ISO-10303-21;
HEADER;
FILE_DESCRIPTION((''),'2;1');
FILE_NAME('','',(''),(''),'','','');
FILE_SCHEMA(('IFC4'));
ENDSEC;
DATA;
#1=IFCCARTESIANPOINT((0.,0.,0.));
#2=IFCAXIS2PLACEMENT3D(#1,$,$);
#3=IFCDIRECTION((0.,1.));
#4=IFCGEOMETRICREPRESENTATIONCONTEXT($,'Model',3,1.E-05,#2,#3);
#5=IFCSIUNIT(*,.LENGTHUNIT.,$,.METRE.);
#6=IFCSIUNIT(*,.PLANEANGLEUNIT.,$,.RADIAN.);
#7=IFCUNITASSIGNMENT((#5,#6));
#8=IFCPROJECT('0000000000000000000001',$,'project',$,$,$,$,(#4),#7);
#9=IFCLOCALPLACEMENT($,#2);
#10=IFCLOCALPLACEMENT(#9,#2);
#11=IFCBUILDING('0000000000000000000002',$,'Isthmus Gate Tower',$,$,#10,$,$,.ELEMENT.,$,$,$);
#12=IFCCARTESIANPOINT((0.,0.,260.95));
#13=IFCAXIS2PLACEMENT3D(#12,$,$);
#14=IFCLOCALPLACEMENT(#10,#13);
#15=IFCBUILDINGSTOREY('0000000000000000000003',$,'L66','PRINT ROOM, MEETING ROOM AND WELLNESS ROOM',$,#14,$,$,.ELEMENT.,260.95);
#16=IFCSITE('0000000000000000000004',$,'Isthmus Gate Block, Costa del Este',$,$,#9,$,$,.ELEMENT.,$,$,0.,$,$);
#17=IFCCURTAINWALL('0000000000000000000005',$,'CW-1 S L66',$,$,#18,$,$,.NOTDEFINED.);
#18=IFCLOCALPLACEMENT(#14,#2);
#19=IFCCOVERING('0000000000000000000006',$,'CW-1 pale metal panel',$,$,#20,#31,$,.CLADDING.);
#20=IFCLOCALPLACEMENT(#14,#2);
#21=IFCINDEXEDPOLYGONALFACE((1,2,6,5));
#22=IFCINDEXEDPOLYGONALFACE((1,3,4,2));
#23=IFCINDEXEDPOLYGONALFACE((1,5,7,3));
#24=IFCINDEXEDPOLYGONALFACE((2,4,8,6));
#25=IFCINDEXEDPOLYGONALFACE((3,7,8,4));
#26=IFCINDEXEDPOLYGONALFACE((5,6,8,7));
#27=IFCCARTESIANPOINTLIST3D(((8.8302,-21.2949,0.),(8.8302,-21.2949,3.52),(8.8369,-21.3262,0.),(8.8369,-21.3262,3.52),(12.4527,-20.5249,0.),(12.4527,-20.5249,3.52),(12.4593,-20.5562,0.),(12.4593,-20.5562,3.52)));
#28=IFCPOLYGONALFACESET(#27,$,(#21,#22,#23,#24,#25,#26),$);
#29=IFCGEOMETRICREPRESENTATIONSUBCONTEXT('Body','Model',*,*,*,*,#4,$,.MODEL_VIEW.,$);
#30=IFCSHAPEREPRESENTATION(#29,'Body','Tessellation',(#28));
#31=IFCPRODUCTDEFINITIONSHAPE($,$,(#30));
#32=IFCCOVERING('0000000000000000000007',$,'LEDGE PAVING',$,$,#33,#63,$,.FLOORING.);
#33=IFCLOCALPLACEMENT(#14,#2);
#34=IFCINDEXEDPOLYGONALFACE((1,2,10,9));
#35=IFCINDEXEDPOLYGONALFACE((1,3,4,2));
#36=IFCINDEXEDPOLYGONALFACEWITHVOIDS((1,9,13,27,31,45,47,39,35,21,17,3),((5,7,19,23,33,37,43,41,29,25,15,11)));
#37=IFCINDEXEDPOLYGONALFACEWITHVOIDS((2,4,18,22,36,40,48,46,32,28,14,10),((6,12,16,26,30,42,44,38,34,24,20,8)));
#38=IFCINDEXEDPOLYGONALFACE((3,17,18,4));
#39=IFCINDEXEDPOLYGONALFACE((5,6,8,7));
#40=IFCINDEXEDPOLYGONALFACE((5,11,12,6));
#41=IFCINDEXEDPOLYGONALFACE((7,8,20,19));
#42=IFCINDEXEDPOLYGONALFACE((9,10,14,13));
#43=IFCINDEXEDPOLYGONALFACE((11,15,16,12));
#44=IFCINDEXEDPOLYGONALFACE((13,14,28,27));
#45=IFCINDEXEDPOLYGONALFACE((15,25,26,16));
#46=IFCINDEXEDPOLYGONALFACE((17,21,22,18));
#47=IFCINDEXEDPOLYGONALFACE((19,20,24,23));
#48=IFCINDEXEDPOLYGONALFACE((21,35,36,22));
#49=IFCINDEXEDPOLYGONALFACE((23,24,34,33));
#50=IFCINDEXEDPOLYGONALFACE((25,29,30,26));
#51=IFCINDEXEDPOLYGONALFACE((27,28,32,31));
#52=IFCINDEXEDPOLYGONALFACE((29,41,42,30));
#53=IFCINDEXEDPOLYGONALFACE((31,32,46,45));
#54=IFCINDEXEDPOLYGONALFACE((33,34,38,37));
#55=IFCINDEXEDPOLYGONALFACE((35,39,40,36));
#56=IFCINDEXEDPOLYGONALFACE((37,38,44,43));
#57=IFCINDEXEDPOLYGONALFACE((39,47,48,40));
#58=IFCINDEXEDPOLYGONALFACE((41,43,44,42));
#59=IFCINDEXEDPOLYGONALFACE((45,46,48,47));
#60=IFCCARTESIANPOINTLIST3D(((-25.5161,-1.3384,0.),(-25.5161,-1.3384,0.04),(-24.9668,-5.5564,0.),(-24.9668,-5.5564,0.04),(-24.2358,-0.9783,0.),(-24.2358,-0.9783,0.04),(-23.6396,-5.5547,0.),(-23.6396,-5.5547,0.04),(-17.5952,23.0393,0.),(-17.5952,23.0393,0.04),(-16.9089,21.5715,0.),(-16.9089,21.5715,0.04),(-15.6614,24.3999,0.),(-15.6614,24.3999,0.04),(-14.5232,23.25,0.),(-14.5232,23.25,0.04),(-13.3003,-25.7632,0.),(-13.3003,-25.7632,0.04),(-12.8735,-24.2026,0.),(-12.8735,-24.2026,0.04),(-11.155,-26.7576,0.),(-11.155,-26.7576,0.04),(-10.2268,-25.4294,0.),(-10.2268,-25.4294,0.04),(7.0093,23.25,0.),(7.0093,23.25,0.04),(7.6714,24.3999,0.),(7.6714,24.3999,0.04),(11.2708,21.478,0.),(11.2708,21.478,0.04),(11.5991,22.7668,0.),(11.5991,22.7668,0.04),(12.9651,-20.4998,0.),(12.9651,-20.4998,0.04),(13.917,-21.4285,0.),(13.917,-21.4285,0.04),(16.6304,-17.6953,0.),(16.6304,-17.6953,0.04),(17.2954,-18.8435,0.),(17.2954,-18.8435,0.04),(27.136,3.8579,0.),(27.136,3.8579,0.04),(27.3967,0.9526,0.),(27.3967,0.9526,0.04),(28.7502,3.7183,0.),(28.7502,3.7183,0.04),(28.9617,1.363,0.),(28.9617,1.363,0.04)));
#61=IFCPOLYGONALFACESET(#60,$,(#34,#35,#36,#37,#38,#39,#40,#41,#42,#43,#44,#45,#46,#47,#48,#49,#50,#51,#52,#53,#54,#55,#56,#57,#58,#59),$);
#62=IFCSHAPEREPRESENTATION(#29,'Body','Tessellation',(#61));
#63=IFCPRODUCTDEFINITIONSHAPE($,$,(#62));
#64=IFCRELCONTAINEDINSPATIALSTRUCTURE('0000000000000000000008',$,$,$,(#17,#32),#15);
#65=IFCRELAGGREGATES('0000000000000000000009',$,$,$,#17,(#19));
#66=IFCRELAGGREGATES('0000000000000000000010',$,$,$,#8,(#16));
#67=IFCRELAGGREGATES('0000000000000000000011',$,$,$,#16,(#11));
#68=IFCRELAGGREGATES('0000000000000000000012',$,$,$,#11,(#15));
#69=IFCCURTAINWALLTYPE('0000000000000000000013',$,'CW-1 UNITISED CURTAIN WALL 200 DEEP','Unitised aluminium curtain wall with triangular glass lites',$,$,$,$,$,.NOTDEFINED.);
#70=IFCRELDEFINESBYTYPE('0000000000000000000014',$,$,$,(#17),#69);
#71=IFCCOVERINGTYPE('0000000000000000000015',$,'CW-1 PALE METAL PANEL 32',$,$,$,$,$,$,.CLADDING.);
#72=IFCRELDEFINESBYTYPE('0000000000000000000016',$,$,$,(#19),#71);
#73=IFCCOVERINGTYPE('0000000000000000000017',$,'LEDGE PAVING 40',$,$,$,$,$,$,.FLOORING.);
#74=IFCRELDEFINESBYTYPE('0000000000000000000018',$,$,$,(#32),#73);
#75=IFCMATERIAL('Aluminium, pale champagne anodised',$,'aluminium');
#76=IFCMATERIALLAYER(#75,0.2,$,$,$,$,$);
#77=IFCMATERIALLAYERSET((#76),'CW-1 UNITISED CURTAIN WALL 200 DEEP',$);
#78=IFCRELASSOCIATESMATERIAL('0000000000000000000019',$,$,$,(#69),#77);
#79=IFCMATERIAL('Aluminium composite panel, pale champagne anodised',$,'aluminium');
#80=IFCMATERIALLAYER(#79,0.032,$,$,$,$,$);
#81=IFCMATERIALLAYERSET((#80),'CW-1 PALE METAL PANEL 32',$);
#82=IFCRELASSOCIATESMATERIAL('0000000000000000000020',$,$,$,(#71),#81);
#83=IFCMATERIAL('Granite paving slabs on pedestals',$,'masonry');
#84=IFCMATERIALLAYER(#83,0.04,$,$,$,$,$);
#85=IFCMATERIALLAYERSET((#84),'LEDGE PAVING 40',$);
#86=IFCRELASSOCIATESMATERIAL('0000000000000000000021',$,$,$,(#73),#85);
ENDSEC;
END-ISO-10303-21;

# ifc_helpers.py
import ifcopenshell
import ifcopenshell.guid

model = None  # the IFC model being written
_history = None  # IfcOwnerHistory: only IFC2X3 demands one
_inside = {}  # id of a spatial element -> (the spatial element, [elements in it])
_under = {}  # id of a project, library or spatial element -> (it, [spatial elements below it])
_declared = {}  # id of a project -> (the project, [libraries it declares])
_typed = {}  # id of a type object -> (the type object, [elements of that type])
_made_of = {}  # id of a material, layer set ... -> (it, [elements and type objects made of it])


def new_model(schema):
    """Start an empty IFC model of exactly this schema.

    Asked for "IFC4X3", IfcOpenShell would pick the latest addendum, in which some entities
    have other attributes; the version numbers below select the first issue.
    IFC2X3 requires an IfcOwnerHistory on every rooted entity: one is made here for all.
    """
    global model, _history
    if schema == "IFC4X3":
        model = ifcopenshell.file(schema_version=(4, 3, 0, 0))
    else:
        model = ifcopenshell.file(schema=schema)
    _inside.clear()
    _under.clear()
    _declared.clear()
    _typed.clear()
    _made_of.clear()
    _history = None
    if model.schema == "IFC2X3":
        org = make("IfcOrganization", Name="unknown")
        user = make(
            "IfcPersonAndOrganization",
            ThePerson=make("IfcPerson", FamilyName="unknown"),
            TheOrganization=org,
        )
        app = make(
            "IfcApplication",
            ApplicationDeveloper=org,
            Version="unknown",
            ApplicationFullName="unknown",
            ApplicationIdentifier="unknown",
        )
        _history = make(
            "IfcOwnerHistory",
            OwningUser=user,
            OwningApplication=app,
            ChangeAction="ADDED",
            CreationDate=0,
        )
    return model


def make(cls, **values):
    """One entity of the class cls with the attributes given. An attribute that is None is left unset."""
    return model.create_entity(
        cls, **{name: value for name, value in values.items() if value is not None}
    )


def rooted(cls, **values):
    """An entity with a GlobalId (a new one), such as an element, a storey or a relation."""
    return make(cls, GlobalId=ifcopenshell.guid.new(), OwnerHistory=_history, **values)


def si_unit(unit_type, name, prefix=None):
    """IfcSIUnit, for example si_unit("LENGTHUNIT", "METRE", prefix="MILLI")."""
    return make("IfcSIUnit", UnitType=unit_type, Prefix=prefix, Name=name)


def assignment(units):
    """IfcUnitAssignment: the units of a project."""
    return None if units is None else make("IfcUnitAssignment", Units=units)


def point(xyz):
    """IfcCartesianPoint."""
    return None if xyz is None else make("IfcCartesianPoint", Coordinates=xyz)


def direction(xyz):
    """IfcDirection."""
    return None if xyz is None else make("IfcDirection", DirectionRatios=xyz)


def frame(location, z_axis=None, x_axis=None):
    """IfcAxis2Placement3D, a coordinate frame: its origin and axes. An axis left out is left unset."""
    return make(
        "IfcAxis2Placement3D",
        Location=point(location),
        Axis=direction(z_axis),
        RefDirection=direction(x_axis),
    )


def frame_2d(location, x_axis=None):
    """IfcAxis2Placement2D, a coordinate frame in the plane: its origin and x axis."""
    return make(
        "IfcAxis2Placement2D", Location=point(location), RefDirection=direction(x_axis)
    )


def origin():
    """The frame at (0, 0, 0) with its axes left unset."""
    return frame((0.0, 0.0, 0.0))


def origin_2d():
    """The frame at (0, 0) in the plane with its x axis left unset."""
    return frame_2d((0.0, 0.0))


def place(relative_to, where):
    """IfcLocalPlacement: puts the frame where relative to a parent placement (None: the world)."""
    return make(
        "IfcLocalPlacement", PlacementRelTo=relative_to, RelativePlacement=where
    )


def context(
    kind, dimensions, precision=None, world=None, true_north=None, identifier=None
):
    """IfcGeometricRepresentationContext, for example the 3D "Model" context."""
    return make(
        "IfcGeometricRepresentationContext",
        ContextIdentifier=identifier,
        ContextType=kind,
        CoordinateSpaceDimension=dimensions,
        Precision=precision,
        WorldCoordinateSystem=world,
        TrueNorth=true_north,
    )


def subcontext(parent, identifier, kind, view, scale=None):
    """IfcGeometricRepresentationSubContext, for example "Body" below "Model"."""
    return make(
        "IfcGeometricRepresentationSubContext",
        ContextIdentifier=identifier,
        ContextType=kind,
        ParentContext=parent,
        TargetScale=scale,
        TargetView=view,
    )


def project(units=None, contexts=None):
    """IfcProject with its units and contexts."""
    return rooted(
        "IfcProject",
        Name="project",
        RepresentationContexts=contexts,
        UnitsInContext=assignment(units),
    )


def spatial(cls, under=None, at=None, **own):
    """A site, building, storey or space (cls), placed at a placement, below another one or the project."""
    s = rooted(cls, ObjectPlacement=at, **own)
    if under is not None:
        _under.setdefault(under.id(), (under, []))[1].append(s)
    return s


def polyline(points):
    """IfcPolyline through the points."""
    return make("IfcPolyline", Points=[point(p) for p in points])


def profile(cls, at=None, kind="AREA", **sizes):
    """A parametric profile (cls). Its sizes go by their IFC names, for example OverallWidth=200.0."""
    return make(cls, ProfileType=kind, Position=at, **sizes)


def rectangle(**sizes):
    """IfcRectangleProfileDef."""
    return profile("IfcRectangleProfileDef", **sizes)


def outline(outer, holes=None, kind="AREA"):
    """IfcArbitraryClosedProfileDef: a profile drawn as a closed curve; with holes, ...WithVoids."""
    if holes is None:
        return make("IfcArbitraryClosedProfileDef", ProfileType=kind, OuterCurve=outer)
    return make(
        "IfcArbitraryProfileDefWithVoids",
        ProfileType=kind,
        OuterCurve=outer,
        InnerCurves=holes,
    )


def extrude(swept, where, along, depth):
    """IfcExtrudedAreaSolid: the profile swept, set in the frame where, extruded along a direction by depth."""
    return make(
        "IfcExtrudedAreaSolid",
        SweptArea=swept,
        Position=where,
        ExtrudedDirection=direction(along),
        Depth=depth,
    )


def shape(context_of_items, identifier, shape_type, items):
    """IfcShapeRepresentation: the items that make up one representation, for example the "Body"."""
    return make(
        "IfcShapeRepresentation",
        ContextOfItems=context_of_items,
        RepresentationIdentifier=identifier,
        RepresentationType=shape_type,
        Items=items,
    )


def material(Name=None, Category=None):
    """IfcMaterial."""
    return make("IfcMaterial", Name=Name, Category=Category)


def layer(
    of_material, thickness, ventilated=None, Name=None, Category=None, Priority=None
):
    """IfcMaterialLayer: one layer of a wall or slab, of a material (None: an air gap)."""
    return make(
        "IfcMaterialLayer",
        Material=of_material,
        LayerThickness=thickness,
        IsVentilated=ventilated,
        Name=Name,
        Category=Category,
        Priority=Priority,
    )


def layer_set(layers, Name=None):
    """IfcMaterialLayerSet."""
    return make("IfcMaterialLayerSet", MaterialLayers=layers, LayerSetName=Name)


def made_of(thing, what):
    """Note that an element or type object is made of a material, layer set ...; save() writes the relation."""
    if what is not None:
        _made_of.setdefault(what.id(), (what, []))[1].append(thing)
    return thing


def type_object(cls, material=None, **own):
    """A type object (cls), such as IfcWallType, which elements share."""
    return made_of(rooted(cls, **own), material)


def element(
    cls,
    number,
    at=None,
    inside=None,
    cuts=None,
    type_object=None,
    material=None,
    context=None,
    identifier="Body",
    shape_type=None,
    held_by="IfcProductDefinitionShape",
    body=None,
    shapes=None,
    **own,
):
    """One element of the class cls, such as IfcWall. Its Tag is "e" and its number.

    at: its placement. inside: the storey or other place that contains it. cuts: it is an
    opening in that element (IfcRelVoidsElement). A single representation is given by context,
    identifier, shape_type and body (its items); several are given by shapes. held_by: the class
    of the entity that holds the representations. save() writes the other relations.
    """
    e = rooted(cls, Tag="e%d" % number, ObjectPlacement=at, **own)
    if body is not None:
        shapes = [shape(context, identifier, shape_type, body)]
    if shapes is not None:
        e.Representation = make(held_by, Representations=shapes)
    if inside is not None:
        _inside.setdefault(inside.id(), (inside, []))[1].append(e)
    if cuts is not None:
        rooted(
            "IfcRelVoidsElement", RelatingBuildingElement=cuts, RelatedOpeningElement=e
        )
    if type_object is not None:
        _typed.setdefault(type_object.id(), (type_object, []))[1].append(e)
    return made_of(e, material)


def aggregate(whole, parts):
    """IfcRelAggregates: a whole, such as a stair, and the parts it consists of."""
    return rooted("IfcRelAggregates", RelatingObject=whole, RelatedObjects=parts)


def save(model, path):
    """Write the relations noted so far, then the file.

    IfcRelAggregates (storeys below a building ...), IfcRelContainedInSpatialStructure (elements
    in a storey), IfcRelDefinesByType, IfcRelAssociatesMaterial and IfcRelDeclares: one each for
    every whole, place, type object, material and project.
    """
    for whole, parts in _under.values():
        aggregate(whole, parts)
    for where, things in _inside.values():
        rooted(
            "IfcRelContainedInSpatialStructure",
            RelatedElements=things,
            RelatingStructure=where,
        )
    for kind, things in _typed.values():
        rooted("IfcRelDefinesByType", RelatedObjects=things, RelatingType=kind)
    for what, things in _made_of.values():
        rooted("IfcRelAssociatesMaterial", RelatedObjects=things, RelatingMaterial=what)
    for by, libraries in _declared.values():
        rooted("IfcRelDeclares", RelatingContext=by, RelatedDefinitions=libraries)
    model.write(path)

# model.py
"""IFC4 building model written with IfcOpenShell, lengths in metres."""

from ifc_helpers import new_model, si_unit, direction, frame, origin, origin_2d, place, context, subcontext, project, spatial, polyline, rectangle, outline, extrude, material, layer, layer_set, type_object, element, aggregate, save


model = new_model("IFC4")

# Units and contexts
model_context = context("Model", 3, precision=1e-05, world=origin(), true_north=direction((0.0, 1.0)))
body_context = subcontext(model_context, "Body", "Model", "MODEL_VIEW")
ifc_project = project(units=[si_unit("LENGTHUNIT", "METRE"), si_unit("PLANEANGLEUNIT", "RADIAN")], contexts=[model_context])

# Site, building, storey
site_placement = place(None, origin())
site = spatial("IfcSite", under=ifc_project, at=site_placement, Name="Isthmus Gate Block, Costa del Este", CompositionType="ELEMENT", RefElevation=0.0)
building_placement = place(site_placement, origin())
building = spatial("IfcBuilding", under=site, at=building_placement, Name="Isthmus Gate Tower", CompositionType="ELEMENT")
storey_placement = place(building_placement, frame((0.0, 0.0, 260.95)))
storey = spatial("IfcBuildingStorey", under=building, at=storey_placement, Name="L66", Description="PRINT ROOM, MEETING ROOM AND WELLNESS ROOM", CompositionType="ELEMENT", Elevation=260.95)

# Curtain wall
ifc_material_1 = material(Name="Aluminium, pale champagne anodised", Category="aluminium")
ifc_layer_1 = layer(ifc_material_1, 0.2)
ifc_layer_set_1 = layer_set([ifc_layer_1], Name="CW-1 UNITISED CURTAIN WALL 200 DEEP")
curtain_wall_type = type_object("IfcCurtainWallType", Name="CW-1 UNITISED CURTAIN WALL 200 DEEP", Description="Unitised aluminium curtain wall with triangular glass lites", PredefinedType="NOTDEFINED", material=ifc_layer_set_1)
curtain_wall_placement = place(storey_placement, origin())
curtain_wall = element("IfcCurtainWall", 1, at=curtain_wall_placement, inside=storey, type_object=curtain_wall_type, Name="CW-1 S L66", PredefinedType="NOTDEFINED")

# Coverings
ifc_material_2 = material(Name="Aluminium composite panel, pale champagne anodised", Category="aluminium")
ifc_layer_2 = layer(ifc_material_2, 0.032)
ifc_layer_set_2 = layer_set([ifc_layer_2], Name="CW-1 PALE METAL PANEL 32")
covering_type_1 = type_object("IfcCoveringType", Name="CW-1 PALE METAL PANEL 32", PredefinedType="CLADDING", material=ifc_layer_set_2)
covering_1_placement = place(storey_placement, frame((10.6448, -20.9255, 0.0), z_axis=(0.0, 0.0, 1.0), x_axis=(0.978148, 0.207912, 0.0)))
covering_1 = element("IfcCovering", 2, at=covering_1_placement, type_object=covering_type_1, Name="CW-1 pale metal panel", PredefinedType="CLADDING", context=body_context, shape_type="SweptSolid", body=[
    extrude(rectangle(XDim=3.7034, YDim=0.032, at=origin_2d()), origin(), (0.0, 0.0, 1.0), 3.52),
])
aggregate(curtain_wall, [covering_1])
ifc_material_3 = material(Name="Granite paving slabs on pedestals", Category="masonry")
ifc_layer_3 = layer(ifc_material_3, 0.04)
ifc_layer_set_3 = layer_set([ifc_layer_3], Name="LEDGE PAVING 40")
covering_type_2 = type_object("IfcCoveringType", Name="LEDGE PAVING 40", PredefinedType="FLOORING", material=ifc_layer_set_3)
covering_2_placement = place(storey_placement, origin())
element("IfcCovering", 3, at=covering_2_placement, inside=storey, type_object=covering_type_2, Name="LEDGE PAVING", PredefinedType="FLOORING", context=body_context, shape_type="SweptSolid", body=[
    extrude(outline(polyline([(28.7502, 3.7183), (28.9617, 1.363), (17.2954, -18.8435), (13.917, -21.4285), (-11.155, -26.7576), (-13.3003, -25.7632), (-24.9668, -5.5564), (-25.5161, -1.3384), (-17.5952, 23.0393), (-15.6614, 24.3999), (7.6714, 24.3999), (11.5991, 22.7668), (28.7502, 3.7183)]), holes=[polyline([(-16.9089, 21.5715), (-24.2358, -0.9783), (-23.6396, -5.5547), (-12.8735, -24.2026), (-10.2268, -25.4294), (12.9651, -20.4998), (16.6304, -17.6953), (27.3967, 0.9526), (27.136, 3.8579), (11.2708, 21.478), (7.0093, 23.25), (-14.5232, 23.25), (-16.9089, 21.5715)])]), origin(), (0.0, 0.0, 1.0), 0.04),
])

save(model, "model.ifc")
